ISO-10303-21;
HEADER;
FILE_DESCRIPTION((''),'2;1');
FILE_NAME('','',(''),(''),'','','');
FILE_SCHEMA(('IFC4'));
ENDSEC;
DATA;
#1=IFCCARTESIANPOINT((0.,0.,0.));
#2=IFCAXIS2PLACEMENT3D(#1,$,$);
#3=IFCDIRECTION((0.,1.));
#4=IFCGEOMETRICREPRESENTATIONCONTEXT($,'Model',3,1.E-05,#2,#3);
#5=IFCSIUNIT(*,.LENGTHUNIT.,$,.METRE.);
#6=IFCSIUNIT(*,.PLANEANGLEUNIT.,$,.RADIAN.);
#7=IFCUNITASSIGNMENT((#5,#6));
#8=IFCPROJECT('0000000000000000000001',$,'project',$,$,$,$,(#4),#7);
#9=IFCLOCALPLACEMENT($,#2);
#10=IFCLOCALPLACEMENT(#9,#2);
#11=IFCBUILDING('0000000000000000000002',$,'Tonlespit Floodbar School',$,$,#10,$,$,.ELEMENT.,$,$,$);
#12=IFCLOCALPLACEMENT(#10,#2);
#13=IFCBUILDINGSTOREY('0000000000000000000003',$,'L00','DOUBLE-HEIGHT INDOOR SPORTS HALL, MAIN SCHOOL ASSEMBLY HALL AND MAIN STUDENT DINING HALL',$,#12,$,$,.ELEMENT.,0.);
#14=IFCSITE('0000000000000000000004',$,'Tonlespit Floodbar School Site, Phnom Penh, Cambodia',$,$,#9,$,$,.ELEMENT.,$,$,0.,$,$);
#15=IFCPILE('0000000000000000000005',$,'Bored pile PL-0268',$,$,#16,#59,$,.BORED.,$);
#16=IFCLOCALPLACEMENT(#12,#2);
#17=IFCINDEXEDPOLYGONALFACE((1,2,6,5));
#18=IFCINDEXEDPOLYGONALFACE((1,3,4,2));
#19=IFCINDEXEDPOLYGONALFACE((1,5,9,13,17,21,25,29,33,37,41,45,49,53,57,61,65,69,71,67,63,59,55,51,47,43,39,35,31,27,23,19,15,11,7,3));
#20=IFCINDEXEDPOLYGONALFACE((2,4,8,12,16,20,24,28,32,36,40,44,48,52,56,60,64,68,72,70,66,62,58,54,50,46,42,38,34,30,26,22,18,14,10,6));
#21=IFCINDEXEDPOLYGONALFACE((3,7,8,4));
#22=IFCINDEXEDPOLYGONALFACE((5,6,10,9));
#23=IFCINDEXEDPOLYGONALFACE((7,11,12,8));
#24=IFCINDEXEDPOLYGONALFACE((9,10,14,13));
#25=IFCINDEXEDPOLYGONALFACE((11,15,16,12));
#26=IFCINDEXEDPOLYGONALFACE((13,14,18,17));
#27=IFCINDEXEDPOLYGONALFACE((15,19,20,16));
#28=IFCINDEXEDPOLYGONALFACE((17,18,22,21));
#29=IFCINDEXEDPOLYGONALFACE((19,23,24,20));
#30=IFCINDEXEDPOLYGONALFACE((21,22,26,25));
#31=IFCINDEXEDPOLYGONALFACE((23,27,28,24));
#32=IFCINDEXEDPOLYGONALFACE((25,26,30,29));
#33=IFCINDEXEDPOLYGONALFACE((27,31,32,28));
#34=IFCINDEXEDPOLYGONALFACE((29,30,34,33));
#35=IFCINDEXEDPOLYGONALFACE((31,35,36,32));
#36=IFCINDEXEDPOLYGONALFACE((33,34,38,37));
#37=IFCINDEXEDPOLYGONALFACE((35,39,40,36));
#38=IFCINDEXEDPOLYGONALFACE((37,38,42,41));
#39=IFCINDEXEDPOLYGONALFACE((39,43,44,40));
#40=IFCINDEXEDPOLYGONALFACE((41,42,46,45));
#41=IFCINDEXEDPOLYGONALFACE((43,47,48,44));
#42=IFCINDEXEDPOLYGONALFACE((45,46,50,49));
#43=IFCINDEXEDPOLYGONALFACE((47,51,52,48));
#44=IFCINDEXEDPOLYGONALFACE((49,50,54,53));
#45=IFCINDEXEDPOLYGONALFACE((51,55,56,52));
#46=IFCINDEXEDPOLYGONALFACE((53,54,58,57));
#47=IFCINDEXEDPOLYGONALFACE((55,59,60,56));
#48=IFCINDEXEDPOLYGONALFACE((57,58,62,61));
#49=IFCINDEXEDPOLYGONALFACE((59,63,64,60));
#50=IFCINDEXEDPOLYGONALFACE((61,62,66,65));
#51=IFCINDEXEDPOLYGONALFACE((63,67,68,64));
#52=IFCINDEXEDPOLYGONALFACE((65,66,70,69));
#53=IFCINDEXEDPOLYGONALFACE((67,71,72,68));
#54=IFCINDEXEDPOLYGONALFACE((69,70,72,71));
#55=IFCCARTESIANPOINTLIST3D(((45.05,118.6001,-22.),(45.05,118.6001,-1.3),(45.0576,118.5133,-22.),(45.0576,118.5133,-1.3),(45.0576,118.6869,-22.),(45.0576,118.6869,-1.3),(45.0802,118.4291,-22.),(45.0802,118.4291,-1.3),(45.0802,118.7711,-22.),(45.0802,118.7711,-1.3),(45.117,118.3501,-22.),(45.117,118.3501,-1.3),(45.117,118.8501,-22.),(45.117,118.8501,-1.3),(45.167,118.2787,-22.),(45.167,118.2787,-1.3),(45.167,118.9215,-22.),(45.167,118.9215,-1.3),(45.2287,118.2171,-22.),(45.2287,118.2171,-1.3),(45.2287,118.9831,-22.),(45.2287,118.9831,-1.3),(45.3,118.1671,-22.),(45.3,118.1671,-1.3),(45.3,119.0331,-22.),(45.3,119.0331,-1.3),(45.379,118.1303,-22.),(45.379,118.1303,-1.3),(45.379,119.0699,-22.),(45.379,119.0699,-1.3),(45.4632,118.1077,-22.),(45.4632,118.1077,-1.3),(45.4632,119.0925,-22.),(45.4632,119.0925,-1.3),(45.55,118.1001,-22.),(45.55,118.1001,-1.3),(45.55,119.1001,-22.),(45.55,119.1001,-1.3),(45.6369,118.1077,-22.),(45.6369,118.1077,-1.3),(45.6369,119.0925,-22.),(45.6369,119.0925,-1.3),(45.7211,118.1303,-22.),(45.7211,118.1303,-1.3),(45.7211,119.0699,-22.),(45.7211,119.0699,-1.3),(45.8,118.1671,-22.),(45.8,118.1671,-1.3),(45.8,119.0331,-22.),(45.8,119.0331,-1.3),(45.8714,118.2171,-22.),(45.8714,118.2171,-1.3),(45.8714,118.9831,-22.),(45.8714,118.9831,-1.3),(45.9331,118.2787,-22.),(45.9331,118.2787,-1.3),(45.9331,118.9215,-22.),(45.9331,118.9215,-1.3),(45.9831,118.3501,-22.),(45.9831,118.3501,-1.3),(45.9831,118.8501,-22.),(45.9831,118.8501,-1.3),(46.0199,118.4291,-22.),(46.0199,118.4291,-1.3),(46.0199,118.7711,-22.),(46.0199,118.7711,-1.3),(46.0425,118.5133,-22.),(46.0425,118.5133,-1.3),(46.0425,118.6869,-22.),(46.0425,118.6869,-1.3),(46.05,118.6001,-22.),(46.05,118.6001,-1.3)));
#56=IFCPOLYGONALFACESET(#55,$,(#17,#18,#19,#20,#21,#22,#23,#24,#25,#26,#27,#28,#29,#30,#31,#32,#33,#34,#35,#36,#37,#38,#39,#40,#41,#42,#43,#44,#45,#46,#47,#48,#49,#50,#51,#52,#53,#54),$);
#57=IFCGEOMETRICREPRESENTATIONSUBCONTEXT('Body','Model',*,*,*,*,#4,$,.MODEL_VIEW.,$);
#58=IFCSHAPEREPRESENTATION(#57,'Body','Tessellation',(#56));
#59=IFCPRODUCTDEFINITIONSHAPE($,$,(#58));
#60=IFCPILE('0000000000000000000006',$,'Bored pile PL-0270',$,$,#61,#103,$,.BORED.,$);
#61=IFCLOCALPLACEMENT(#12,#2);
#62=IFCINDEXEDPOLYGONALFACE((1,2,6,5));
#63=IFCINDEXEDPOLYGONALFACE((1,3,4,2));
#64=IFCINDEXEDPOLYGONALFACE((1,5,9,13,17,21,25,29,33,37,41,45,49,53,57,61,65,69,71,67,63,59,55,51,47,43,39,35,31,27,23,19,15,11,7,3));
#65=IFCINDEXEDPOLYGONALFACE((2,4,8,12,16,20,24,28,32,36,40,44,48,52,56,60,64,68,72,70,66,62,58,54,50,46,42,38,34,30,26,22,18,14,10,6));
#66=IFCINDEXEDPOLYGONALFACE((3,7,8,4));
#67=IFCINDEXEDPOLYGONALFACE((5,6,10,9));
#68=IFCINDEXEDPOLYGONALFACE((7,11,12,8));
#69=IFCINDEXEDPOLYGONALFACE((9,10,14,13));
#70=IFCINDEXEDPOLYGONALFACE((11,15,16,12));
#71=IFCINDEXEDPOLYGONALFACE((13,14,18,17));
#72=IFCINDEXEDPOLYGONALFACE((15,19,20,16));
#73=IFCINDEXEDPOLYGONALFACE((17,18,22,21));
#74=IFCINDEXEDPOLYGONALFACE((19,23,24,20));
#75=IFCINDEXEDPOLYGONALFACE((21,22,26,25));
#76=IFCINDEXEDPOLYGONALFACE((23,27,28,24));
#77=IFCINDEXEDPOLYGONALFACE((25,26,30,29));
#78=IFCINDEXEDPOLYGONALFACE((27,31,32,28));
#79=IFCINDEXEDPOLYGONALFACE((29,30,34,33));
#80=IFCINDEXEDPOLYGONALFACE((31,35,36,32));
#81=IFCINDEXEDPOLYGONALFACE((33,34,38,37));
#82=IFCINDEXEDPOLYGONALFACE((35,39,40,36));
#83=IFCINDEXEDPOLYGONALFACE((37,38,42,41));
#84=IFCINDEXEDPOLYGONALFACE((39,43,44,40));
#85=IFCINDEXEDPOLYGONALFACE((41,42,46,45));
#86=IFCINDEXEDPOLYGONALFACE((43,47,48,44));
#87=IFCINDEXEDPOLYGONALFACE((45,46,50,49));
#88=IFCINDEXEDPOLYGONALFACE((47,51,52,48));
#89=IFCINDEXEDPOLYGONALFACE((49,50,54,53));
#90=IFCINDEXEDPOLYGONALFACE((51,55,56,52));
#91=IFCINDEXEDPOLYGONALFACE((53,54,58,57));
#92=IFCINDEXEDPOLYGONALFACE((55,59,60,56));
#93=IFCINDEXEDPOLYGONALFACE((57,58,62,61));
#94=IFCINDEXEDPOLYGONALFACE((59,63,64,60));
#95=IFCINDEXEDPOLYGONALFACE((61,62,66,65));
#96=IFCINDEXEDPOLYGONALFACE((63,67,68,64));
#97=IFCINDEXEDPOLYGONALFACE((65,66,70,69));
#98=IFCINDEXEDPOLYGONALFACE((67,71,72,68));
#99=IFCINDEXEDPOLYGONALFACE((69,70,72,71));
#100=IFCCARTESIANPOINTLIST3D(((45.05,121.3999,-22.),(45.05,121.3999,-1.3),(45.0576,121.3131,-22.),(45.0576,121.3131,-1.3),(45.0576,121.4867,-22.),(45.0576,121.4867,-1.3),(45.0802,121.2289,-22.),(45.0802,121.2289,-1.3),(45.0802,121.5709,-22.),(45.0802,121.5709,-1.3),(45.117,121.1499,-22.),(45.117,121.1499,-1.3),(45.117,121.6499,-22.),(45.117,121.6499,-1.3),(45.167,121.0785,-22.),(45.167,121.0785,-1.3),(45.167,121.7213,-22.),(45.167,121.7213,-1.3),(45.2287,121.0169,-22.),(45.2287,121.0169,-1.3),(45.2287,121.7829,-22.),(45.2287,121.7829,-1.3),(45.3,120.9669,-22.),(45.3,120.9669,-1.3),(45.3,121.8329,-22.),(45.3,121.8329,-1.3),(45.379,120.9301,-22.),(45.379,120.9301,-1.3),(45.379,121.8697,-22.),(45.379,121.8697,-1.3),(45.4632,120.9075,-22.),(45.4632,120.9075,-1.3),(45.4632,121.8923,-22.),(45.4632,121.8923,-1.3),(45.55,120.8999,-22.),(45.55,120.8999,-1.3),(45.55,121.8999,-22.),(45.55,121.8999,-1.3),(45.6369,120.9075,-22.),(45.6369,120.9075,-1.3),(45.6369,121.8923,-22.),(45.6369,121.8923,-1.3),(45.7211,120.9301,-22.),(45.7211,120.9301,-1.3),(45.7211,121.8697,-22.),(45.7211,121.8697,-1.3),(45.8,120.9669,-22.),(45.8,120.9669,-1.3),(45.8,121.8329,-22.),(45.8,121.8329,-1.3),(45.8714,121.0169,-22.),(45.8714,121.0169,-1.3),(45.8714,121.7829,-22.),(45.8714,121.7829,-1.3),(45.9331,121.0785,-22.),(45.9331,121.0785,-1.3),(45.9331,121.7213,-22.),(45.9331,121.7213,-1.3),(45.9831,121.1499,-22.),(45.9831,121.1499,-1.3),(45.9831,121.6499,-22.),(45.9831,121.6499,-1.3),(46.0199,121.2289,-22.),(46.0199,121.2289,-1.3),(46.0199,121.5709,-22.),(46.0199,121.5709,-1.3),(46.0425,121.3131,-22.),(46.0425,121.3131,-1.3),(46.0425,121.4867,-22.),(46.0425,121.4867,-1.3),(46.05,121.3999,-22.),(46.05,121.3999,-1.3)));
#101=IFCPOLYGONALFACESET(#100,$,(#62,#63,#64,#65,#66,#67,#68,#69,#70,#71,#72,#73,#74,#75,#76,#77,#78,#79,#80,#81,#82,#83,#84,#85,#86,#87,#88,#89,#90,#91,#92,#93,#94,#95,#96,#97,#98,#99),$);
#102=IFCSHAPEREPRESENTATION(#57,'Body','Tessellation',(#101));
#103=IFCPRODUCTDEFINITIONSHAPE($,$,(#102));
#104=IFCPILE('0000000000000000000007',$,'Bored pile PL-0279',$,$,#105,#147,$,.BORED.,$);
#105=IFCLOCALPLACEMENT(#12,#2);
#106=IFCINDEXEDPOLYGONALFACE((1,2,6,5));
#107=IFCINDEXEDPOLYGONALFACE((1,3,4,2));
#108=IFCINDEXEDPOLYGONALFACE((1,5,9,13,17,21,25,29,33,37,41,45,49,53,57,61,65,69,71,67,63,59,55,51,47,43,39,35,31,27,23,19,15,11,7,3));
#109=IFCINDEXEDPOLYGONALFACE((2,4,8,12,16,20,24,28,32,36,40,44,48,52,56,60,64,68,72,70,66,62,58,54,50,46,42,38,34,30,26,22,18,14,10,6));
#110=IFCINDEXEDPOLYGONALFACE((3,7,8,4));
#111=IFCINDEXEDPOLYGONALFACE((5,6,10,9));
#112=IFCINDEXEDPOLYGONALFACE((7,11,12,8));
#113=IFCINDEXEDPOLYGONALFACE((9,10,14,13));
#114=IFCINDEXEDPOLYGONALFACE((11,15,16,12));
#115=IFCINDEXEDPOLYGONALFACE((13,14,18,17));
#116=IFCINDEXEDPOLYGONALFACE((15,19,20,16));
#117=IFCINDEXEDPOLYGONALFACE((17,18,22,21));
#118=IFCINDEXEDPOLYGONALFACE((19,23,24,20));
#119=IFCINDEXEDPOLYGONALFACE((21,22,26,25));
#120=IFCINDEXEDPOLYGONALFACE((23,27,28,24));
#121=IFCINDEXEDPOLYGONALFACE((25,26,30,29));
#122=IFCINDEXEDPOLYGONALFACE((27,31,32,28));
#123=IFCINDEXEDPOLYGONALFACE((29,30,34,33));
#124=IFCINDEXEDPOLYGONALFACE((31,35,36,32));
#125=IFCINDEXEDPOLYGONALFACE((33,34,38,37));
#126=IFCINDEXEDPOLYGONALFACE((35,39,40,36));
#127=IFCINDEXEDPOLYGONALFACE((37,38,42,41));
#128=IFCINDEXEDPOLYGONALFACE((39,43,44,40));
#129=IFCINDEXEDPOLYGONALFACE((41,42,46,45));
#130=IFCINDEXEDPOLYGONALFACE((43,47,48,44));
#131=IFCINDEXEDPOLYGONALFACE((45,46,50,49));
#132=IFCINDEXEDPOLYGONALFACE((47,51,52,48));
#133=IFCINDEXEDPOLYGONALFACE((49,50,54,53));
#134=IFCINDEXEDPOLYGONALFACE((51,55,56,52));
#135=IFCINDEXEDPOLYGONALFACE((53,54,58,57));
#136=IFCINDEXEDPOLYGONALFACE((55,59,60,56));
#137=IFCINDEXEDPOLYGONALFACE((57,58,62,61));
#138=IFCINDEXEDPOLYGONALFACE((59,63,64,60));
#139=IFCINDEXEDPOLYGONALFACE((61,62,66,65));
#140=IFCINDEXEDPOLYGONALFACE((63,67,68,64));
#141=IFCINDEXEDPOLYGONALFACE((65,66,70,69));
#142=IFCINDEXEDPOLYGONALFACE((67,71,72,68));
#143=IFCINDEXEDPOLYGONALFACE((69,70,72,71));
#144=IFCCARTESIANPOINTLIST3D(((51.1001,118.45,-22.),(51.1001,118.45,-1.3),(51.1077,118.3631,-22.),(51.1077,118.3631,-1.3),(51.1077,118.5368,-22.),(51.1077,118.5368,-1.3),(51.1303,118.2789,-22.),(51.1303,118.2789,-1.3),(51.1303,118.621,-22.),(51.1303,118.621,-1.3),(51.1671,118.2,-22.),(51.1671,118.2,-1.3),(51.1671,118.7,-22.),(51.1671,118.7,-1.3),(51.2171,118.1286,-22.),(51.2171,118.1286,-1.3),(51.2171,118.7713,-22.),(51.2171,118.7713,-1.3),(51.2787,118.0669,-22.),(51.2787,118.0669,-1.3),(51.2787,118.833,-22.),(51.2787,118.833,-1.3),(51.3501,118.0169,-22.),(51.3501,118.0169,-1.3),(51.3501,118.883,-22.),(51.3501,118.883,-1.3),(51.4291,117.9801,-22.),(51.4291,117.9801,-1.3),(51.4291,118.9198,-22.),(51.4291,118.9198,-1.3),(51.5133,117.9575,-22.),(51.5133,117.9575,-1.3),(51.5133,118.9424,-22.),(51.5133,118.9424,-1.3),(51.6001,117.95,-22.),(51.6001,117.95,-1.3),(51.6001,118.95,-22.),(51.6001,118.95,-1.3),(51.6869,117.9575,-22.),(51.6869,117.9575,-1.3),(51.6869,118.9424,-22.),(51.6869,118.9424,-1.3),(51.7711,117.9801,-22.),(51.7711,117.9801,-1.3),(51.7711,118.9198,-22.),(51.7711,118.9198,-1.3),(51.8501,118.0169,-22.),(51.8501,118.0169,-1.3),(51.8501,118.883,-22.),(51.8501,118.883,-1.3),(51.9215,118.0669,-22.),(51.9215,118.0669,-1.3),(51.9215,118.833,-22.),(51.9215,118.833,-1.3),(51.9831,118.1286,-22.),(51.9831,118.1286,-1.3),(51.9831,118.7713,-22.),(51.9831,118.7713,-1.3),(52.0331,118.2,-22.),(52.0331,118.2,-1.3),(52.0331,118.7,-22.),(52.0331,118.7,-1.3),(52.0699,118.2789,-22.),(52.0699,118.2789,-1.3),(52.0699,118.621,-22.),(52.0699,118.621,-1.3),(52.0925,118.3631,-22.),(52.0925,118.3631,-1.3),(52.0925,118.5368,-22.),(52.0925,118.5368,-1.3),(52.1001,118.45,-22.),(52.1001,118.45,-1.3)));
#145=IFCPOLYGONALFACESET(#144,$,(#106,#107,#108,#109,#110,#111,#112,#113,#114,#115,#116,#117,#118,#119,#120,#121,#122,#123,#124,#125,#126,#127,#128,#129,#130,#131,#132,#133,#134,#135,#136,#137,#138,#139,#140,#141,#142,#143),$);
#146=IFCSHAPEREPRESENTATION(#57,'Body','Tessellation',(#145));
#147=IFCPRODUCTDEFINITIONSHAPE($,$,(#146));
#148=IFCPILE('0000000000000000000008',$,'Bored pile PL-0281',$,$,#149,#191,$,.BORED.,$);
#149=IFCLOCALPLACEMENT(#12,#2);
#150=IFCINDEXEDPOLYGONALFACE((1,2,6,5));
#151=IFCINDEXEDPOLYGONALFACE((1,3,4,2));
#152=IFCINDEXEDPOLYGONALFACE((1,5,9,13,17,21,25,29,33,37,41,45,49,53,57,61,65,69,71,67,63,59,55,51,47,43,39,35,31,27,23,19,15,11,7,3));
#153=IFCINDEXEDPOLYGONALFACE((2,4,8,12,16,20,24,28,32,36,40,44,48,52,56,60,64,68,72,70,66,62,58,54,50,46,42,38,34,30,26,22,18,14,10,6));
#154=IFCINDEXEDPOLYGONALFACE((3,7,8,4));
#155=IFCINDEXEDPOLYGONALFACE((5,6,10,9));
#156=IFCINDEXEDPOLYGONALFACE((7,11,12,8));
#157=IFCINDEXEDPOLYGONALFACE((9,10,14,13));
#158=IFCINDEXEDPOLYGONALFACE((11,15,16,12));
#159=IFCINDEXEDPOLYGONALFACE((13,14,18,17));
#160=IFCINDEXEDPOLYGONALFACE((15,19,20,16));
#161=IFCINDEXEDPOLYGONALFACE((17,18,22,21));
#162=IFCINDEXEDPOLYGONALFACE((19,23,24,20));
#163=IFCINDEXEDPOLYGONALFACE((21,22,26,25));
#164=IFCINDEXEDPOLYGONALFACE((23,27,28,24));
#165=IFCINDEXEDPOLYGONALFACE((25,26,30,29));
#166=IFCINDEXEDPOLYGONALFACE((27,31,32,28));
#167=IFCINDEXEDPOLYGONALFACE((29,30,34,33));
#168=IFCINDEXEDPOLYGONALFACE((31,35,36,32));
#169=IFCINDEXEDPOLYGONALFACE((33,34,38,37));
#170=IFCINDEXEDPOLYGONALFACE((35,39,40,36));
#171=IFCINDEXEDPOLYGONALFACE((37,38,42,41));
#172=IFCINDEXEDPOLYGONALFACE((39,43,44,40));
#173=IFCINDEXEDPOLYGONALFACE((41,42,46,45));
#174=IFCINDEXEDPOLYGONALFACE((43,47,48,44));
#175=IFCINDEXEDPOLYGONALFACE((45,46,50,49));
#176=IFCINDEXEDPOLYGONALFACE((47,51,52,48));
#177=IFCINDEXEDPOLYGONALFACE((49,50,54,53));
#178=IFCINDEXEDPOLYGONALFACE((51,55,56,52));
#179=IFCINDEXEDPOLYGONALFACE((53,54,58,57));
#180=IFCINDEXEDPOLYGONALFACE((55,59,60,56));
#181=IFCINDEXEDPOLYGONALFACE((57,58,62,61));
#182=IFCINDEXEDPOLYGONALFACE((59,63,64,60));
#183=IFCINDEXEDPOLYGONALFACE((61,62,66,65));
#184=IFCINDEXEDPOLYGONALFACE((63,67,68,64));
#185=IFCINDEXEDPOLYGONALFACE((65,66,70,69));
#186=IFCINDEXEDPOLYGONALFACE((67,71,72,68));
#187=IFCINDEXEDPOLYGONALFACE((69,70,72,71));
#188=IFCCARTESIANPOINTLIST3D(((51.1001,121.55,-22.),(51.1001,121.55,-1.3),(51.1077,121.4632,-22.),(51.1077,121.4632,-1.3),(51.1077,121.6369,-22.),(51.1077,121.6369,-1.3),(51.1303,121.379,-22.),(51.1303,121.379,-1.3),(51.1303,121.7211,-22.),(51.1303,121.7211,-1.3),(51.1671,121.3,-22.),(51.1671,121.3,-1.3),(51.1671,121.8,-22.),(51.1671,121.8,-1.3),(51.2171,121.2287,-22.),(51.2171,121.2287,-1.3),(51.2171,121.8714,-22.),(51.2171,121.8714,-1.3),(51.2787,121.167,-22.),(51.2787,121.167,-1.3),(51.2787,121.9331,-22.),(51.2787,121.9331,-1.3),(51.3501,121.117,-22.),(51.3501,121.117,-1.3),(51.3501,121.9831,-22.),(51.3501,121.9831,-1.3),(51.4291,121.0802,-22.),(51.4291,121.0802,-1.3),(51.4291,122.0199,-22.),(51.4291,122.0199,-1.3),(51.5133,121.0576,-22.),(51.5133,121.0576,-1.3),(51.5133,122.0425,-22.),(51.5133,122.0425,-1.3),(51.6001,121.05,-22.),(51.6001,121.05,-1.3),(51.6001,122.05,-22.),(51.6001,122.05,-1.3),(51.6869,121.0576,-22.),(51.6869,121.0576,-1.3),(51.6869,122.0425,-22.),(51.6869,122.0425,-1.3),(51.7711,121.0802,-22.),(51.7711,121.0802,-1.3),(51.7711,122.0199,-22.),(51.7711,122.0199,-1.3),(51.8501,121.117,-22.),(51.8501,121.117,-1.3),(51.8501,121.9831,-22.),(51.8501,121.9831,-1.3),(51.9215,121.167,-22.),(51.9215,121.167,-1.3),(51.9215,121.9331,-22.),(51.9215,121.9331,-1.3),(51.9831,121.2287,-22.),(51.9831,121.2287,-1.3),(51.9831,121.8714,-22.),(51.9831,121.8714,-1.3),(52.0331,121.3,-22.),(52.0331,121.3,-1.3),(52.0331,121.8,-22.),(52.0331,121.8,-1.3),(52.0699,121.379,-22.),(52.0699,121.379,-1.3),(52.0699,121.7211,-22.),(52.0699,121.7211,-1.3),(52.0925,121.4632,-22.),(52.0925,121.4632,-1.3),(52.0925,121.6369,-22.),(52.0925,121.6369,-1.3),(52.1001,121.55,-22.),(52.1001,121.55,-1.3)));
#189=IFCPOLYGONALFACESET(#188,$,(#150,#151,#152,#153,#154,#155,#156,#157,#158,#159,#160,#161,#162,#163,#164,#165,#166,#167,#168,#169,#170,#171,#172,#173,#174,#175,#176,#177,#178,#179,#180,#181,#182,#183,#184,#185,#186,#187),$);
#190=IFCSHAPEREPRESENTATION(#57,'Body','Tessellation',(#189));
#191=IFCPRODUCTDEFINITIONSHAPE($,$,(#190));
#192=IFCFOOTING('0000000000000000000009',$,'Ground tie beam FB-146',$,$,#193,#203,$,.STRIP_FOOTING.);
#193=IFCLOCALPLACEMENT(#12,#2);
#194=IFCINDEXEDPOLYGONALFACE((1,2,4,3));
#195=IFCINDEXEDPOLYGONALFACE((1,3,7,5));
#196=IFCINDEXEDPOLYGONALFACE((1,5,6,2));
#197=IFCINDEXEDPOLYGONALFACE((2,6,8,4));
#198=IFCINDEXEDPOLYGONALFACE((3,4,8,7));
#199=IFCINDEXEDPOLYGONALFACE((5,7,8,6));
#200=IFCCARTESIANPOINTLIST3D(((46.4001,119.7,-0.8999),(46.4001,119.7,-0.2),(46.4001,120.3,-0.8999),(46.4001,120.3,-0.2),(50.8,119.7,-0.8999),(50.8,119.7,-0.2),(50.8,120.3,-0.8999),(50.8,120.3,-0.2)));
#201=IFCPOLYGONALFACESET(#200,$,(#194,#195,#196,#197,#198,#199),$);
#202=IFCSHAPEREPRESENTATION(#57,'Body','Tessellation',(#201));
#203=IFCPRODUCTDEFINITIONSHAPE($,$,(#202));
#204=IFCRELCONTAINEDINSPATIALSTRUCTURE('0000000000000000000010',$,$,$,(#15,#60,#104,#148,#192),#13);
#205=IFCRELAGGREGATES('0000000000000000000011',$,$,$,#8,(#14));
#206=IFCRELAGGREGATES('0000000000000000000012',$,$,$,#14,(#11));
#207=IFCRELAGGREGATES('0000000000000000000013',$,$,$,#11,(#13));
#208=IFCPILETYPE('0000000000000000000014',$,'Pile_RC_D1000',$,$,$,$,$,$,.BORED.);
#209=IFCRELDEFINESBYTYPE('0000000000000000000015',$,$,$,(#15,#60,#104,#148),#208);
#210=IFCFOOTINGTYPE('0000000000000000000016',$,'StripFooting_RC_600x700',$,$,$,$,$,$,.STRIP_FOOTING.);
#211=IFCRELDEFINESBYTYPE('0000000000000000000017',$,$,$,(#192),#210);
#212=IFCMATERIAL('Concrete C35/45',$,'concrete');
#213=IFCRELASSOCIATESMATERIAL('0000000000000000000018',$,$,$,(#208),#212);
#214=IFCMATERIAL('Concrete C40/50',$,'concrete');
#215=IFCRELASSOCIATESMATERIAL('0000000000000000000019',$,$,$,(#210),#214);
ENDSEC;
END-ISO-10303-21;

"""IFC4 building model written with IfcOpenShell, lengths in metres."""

from ifc_helpers import new_model, si_unit, direction, frame, origin, origin_2d, place, context, subcontext, project, spatial, rectangle, circle, extrude, material, material_profile, profile_set, type_object, element, save


model = new_model("IFC4")

# Units and contexts
model_context = context("Model", 3, precision=1e-05, world=origin(), true_north=direction((0.0, 1.0)))
body_context = subcontext(model_context, "Body", "Model", "MODEL_VIEW")
ifc_project = project(units=[si_unit("LENGTHUNIT", "METRE"), si_unit("PLANEANGLEUNIT", "RADIAN")], contexts=[model_context])

# Site, building, storey
site_placement = place(None, origin())
site = spatial("IfcSite", under=ifc_project, at=site_placement, Name="Tonlespit Floodbar School Site, Phnom Penh, Cambodia", CompositionType="ELEMENT", RefElevation=0.0)
building_placement = place(site_placement, origin())
building = spatial("IfcBuilding", under=site, at=building_placement, Name="Tonlespit Floodbar School", CompositionType="ELEMENT")
storey_placement = place(building_placement, origin())
storey = spatial("IfcBuildingStorey", under=building, at=storey_placement, Name="L00", Description="DOUBLE-HEIGHT INDOOR SPORTS HALL, MAIN SCHOOL ASSEMBLY HALL AND MAIN STUDENT DINING HALL", CompositionType="ELEMENT", Elevation=0.0)

# Shared definitions
ifc_material_1 = material(Name="Concrete C40/50", Category="concrete")

# Piles
ifc_material_2 = material(Name="Concrete C35/45", Category="concrete")
ifc_material_profile_1 = material_profile(ifc_material_2, circle(Radius=0.5, at=origin_2d()), Name="BP D1000")
ifc_profile_set_1 = profile_set([ifc_material_profile_1], Name="Concrete C35/45")
pile_type = type_object("IfcPileType", Name="Pile_RC_D1000", PredefinedType="BORED", material=ifc_profile_set_1)
for number, where, z_axis, x_axis, name in (
    (1, (45.55, 118.6001, -1.3), (0.0, 0.0, -1.0), (1.0, 0.0, 0.0), "Bored pile PL-0268"),
    (2, (45.55, 121.3999, -1.3), (0.0, 0.0, -1.0), (1.0, 0.0, 0.0), "Bored pile PL-0270"),
    (3, (51.6001, 118.45, -1.3), (0.0, 0.0, -1.0), (1.0, 0.0, 0.0), "Bored pile PL-0279"),
    (4, (51.6001, 121.55, -1.3), (0.0, 0.0, -1.0), (1.0, 0.0, 0.0), "Bored pile PL-0281"),
):
    element("IfcPile", number, at=place(storey_placement, frame(where, z_axis=z_axis, x_axis=x_axis)), inside=storey, type_object=pile_type, Name=name, PredefinedType="BORED", context=body_context, shape_type="SweptSolid", body=[
        extrude(circle(Radius=0.5, at=origin_2d()), origin(), (0.0, 0.0, 1.0), 20.7),
    ])

# Footing
footing_type_1 = type_object("IfcFootingType", Name="StripFooting_RC_600x700", PredefinedType="STRIP_FOOTING", material=ifc_material_1)
footing_1_placement = place(storey_placement, frame((48.6001, 120.0, -0.8999), z_axis=(0.0, 0.0, 1.0), x_axis=(1.0, 0.0, 0.0)))
element("IfcFooting", 5, at=footing_1_placement, inside=storey, type_object=footing_type_1, Name="Ground tie beam FB-146", PredefinedType="STRIP_FOOTING", context=body_context, shape_type="SweptSolid", body=[
    extrude(rectangle(XDim=4.3999, YDim=0.6001, at=origin_2d()), origin(), (0.0, 0.0, 1.0), 0.7),
])

save(model, "model.ifc")
